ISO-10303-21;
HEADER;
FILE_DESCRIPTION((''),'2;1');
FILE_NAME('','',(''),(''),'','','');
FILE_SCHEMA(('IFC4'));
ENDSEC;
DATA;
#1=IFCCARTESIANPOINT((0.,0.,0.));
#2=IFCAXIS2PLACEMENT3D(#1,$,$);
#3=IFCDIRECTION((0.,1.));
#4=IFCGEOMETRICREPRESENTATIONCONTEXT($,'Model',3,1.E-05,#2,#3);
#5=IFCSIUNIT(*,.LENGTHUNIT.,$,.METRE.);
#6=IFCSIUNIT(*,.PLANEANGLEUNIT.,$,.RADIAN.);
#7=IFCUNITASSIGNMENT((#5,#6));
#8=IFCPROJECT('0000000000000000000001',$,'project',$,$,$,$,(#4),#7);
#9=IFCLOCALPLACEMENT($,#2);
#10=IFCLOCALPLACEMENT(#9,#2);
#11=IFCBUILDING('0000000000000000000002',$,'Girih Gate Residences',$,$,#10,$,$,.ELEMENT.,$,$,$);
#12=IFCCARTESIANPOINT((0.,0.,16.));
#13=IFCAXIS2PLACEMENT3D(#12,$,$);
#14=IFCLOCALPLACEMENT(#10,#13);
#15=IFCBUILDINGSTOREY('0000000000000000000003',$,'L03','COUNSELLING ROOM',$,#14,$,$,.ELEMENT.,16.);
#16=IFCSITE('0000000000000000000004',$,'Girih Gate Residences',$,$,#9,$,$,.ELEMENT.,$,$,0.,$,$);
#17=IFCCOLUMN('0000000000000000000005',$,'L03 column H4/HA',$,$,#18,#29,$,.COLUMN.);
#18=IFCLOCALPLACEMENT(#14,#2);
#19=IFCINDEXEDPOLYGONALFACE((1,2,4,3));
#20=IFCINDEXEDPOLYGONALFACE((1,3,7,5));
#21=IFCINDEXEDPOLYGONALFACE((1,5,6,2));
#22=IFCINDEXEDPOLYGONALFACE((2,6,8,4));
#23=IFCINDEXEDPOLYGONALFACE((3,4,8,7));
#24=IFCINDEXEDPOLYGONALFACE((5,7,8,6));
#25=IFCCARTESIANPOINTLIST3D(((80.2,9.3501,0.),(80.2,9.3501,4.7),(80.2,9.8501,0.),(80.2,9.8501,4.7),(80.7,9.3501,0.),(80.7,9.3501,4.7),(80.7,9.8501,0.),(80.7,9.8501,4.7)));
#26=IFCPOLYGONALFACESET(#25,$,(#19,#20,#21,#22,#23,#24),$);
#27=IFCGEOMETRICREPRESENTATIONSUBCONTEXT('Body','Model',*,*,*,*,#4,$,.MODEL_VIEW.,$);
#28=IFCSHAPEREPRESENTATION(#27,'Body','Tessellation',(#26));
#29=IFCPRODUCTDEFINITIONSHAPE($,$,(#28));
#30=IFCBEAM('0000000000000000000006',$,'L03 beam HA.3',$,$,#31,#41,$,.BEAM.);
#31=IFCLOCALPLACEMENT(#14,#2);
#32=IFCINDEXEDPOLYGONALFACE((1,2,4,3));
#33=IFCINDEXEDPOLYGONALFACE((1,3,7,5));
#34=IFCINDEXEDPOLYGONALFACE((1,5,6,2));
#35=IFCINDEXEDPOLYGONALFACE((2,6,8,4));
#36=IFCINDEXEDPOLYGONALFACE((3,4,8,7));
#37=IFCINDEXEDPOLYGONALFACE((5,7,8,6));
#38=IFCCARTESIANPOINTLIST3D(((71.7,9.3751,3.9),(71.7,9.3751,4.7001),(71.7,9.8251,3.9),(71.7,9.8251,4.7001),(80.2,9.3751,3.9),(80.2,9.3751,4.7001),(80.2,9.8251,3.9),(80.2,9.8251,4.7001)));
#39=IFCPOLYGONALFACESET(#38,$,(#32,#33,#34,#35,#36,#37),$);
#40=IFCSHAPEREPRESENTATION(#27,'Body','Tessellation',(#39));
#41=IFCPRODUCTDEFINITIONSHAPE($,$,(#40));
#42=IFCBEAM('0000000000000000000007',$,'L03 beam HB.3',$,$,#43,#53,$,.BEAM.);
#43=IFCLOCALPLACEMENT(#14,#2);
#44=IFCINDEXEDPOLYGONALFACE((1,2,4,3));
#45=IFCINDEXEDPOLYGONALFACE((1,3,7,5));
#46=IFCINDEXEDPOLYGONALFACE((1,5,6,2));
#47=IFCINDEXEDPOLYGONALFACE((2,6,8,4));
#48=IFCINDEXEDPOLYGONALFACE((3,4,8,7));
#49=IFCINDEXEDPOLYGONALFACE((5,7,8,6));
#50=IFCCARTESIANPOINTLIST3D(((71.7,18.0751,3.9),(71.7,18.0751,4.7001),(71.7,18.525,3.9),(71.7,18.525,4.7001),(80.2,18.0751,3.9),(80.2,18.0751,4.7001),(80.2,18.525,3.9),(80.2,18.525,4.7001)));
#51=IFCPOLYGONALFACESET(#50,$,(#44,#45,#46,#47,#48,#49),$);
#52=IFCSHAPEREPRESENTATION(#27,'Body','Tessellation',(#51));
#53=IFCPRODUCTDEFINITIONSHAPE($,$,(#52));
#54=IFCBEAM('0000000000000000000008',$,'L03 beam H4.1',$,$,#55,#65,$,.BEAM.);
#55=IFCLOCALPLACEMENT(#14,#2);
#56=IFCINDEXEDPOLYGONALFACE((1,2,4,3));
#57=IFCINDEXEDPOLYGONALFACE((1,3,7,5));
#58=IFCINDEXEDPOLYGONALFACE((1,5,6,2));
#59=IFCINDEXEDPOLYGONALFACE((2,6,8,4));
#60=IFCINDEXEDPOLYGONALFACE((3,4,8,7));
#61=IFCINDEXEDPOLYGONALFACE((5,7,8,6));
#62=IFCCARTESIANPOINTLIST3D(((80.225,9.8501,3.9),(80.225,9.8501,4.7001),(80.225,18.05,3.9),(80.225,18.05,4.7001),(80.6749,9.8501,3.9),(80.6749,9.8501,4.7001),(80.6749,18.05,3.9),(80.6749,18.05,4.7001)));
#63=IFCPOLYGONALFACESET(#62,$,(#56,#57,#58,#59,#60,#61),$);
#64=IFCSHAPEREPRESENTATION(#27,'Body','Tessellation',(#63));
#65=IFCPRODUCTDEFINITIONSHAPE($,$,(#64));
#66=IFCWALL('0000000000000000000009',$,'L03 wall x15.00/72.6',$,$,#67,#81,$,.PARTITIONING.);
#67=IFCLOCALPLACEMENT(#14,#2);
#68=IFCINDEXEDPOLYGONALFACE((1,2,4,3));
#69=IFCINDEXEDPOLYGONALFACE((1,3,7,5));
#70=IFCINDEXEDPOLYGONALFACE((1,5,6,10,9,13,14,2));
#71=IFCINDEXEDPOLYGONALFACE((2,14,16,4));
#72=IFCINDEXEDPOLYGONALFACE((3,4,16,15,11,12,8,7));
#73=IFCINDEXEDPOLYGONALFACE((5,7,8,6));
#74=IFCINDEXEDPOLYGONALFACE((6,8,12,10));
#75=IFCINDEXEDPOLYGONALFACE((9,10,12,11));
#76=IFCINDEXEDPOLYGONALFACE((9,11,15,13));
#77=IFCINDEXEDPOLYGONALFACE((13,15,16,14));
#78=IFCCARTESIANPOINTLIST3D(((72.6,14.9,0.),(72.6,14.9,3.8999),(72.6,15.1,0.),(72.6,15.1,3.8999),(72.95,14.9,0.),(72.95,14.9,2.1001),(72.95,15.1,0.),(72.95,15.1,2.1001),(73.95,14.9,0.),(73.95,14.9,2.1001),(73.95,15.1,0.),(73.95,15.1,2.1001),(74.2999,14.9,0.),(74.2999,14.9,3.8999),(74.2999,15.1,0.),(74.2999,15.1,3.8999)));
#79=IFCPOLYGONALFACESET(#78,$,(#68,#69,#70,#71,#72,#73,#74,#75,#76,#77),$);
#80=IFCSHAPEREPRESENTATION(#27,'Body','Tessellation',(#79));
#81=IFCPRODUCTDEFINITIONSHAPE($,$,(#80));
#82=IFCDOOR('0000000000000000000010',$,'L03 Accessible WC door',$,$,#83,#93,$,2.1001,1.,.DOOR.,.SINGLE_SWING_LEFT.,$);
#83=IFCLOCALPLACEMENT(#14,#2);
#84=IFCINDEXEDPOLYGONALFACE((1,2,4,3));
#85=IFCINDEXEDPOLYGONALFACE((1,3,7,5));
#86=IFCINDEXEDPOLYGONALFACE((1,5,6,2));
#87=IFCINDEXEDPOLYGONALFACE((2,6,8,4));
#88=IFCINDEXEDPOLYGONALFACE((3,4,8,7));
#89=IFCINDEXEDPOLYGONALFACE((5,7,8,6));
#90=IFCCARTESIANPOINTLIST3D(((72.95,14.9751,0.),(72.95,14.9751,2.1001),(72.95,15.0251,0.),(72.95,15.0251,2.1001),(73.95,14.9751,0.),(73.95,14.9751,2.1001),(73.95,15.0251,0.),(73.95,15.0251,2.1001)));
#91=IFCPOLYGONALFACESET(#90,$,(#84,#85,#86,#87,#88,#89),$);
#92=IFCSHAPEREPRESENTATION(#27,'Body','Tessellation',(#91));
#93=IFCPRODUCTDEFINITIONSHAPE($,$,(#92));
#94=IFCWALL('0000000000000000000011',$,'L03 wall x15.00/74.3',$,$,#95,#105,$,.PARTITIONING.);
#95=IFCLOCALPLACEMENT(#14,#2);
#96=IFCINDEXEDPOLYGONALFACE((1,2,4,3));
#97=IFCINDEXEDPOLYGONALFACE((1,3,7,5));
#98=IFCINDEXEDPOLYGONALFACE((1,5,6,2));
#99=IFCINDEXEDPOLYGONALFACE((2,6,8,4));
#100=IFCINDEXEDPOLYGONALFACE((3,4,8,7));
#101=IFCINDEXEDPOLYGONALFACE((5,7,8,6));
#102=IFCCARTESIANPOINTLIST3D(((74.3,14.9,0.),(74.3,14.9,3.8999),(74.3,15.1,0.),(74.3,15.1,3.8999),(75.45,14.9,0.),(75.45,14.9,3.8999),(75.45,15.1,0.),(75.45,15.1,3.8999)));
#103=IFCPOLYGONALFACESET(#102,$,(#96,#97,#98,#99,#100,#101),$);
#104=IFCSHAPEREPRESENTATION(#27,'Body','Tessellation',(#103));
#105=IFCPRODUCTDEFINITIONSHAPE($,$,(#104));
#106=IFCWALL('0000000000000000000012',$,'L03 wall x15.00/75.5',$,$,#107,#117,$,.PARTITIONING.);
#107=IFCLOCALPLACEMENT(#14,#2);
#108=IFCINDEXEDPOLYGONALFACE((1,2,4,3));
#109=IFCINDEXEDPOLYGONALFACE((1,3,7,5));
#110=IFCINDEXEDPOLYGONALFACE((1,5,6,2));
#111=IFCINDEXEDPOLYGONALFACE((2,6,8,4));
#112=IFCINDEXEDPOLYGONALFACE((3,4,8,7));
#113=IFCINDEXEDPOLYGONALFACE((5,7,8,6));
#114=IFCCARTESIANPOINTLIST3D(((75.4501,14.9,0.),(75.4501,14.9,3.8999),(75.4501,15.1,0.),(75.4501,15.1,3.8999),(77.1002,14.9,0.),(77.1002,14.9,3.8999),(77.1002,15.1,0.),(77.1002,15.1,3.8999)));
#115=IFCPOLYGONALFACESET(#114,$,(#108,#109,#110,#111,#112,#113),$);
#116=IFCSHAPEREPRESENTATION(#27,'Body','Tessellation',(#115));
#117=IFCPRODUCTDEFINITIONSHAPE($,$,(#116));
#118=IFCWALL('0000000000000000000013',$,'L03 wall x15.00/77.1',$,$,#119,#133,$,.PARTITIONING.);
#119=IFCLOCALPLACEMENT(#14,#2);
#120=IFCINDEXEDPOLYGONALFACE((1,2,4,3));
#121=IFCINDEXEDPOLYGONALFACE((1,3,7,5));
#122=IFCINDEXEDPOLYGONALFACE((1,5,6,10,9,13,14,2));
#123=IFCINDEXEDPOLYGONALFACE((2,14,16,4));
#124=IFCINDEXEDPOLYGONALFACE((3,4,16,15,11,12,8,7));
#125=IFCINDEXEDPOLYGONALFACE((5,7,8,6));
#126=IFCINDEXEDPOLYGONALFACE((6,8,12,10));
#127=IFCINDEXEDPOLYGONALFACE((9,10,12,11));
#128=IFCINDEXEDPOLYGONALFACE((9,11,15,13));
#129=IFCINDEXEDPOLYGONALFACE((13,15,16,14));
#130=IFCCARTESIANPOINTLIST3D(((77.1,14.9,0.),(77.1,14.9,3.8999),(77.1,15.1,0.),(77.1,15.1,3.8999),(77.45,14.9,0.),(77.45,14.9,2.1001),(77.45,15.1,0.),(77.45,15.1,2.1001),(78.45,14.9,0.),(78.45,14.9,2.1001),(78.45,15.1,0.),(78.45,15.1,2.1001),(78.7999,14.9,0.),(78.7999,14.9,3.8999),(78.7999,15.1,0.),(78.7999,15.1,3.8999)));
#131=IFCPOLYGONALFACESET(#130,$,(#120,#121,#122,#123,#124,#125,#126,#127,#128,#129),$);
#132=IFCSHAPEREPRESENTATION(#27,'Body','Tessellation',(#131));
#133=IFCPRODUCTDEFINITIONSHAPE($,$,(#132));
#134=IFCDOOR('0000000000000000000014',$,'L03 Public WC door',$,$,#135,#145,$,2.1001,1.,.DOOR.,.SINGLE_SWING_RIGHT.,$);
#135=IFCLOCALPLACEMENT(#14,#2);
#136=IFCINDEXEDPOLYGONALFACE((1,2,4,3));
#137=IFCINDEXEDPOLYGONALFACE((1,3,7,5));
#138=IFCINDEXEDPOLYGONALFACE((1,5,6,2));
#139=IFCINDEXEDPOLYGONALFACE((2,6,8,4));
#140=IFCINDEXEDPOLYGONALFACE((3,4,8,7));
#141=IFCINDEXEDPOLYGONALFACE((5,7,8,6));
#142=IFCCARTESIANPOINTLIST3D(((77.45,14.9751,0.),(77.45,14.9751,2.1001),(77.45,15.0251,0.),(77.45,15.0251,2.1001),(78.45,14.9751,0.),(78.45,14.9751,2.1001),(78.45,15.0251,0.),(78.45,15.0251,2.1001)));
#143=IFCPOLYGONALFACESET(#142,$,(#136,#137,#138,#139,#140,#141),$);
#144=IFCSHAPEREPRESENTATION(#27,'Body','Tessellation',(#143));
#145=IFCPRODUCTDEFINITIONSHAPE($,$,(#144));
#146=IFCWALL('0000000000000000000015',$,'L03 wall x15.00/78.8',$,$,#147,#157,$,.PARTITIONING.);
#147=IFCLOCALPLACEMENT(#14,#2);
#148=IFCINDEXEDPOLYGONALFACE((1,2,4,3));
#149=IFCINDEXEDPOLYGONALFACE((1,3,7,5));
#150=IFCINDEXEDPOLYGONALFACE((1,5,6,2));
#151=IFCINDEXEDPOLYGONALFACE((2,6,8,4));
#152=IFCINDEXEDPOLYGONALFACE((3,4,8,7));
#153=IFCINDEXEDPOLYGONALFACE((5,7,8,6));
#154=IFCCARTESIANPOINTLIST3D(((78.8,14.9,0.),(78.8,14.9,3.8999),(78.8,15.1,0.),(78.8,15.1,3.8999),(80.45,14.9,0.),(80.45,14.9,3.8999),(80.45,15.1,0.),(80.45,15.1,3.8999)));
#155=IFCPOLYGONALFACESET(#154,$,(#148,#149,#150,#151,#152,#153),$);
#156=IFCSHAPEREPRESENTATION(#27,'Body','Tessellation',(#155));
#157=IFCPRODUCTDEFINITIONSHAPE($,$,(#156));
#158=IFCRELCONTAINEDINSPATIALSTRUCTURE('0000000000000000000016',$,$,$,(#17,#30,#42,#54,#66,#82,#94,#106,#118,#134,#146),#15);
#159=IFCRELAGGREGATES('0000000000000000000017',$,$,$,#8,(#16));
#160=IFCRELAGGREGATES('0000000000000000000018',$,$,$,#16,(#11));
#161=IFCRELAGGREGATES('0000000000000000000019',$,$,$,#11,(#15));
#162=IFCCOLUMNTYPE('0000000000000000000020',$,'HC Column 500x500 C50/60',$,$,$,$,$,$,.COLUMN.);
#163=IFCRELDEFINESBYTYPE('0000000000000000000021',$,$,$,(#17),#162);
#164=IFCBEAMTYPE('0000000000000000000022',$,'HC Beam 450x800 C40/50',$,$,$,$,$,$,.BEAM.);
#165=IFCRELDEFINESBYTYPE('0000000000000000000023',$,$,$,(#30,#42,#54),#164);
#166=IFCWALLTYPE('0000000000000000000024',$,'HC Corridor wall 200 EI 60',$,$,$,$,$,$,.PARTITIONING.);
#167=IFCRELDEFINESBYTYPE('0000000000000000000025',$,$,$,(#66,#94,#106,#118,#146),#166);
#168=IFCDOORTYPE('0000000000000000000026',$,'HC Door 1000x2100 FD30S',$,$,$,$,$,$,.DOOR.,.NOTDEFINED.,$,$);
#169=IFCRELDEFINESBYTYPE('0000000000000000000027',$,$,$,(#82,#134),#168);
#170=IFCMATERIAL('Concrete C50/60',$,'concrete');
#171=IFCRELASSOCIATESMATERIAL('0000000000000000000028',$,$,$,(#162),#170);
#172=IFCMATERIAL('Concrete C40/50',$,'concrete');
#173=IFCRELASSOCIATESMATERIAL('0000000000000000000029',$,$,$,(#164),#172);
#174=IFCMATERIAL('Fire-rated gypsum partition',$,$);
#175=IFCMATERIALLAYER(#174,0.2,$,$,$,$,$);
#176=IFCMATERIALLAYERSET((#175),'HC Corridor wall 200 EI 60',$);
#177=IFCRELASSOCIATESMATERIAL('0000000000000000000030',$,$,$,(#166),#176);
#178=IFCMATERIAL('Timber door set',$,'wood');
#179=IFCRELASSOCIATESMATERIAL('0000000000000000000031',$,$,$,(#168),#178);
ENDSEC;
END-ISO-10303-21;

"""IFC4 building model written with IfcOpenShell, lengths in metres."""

from ifc_helpers import new_model, si_unit, direction, frame, frame_2d, origin, origin_2d, place, context, subcontext, project, spatial, rectangle, extrude, material, layer, layer_set, material_profile, profile_set, type_object, element, fill, save


model = new_model("IFC4")

# Units and contexts
model_context = context("Model", 3, precision=1e-05, world=origin(), true_north=direction((0.0, 1.0)))
body_context = subcontext(model_context, "Body", "Model", "MODEL_VIEW")
ifc_project = project(units=[si_unit("LENGTHUNIT", "METRE"), si_unit("PLANEANGLEUNIT", "RADIAN")], contexts=[model_context])

# Site, building, storey
site_placement = place(None, origin())
site = spatial("IfcSite", under=ifc_project, at=site_placement, Name="Girih Gate Residences", CompositionType="ELEMENT", RefElevation=0.0)
building_placement = place(site_placement, origin())
building = spatial("IfcBuilding", under=site, at=building_placement, Name="Girih Gate Residences", CompositionType="ELEMENT")
storey_placement = place(building_placement, frame((0.0, 0.0, 16.0)))
storey = spatial("IfcBuildingStorey", under=building, at=storey_placement, Name="L03", Description="COUNSELLING ROOM", CompositionType="ELEMENT", Elevation=16.0)

# Column
ifc_material_1 = material(Name="Concrete C50/60", Category="concrete")
ifc_material_profile_1 = material_profile(ifc_material_1, rectangle(XDim=0.5, YDim=0.5, at=origin_2d()))
ifc_profile_set_1 = profile_set([ifc_material_profile_1], Name="Concrete C50/60")
column_type = type_object("IfcColumnType", Name="HC Column 500x500 C50/60", PredefinedType="COLUMN", material=ifc_profile_set_1)
column_placement = place(storey_placement, frame((80.45, 9.6001, 0.0), z_axis=(0.0, 0.0, 1.0), x_axis=(1.0, 0.0, 0.0)))
element("IfcColumn", 1, at=column_placement, inside=storey, type_object=column_type, Name="L03 column H4/HA", PredefinedType="COLUMN", context=body_context, shape_type="SweptSolid", body=[
    extrude(rectangle(XDim=0.5, YDim=0.5, at=origin_2d()), origin(), (0.0, 0.0, 1.0), 4.7),
])

# Beams
ifc_material_2 = material(Name="Concrete C40/50", Category="concrete")
ifc_material_profile_2 = material_profile(ifc_material_2, rectangle(XDim=0.45, YDim=0.8, at=origin_2d()))
ifc_profile_set_2 = profile_set([ifc_material_profile_2], Name="Concrete C40/50")
beam_type = type_object("IfcBeamType", Name="HC Beam 450x800 C40/50", PredefinedType="BEAM", material=ifc_profile_set_2)
for number, where, z_axis, x_axis, name in (
    (2, (71.7, 9.6001, 4.3), (1.0, 0.0, 0.0), (0.0, 1.0, 0.0), "L03 beam HA.3"),
    (3, (71.7, 18.3, 4.3), (1.0, 0.0, 0.0), (0.0, 1.0, 0.0), "L03 beam HB.3"),
):
    element("IfcBeam", number, at=place(storey_placement, frame(where, z_axis=z_axis, x_axis=x_axis)), inside=storey, type_object=beam_type, Name=name, PredefinedType="BEAM", context=body_context, shape_type="SweptSolid", body=[
        extrude(rectangle(XDim=0.45, YDim=0.8, at=origin_2d()), origin(), (0.0, 0.0, 1.0), 8.5),
    ])
beam_placement = place(storey_placement, frame((80.45, 9.8501, 4.3), z_axis=(0.0, 1.0, 0.0), x_axis=(-1.0, 0.0, 0.0)))
element("IfcBeam", 4, at=beam_placement, inside=storey, type_object=beam_type, Name="L03 beam H4.1", PredefinedType="BEAM", context=body_context, shape_type="SweptSolid", body=[
    extrude(rectangle(XDim=0.45, YDim=0.8, at=origin_2d()), origin(), (0.0, 0.0, 1.0), 8.2),
])

# Wall, opening, door
ifc_material_3 = material(Name="Fire-rated gypsum partition")
ifc_layer_1 = layer(ifc_material_3, 0.2)
ifc_layer_set_1 = layer_set([ifc_layer_1], Name="HC Corridor wall 200 EI 60")
wall_type_1 = type_object("IfcWallType", Name="HC Corridor wall 200 EI 60", PredefinedType="PARTITIONING", material=ifc_layer_set_1)
wall_1_placement = place(storey_placement, frame((74.3, 15.0, 0.0), z_axis=(0.0, 0.0, 1.0), x_axis=(-1.0, 0.0, 0.0)))
wall_1 = element("IfcWall", 5, at=wall_1_placement, inside=storey, type_object=wall_type_1, Name="L03 wall x15.00/72.6", PredefinedType="PARTITIONING", context=body_context, shape_type="SweptSolid", body=[
    extrude(rectangle(XDim=1.7, YDim=0.2, at=frame_2d((0.8501, 0.0))), origin(), (0.0, 0.0, 1.0), 3.8999),
])
opening_1_placement = place(wall_1_placement, frame((0.3501, 0.0, 0.0)))
opening_1 = element("IfcOpeningElement", 6, at=opening_1_placement, cuts=wall_1, PredefinedType="OPENING", context=body_context, shape_type="SweptSolid", body=[
    extrude(rectangle(XDim=1.0, YDim=2.1001, at=frame_2d((0.5, 1.05))), frame((0.0, 0.1099, 0.0), z_axis=(0.0, -1.0, 0.0), x_axis=(1.0, 0.0, 0.0)), (0.0, 0.0, 1.0), 0.22),
])
ifc_material_4 = material(Name="Timber door set", Category="wood")
door_type = type_object("IfcDoorType", Name="HC Door 1000x2100 FD30S", OperationType="NOTDEFINED", PredefinedType="DOOR", material=ifc_material_4)
door_1_placement = place(opening_1_placement, origin())
door_1 = element("IfcDoor", 7, at=door_1_placement, inside=storey, type_object=door_type, Name="L03 Accessible WC door", OperationType="SINGLE_SWING_LEFT", OverallHeight=2.1001, OverallWidth=1.0, PredefinedType="DOOR", context=body_context, shape_type="SweptSolid", body=[
    extrude(rectangle(XDim=1.0, YDim=2.1001, at=frame_2d((0.5, 1.05))), frame((0.0, 0.0249, 0.0), z_axis=(0.0, -1.0, 0.0), x_axis=(1.0, 0.0, 0.0)), (0.0, 0.0, 1.0), 0.05),
])
fill(opening_1, door_1)

# Walls
wall_2_placement = place(storey_placement, frame((74.3, 15.0, 0.0), z_axis=(0.0, 0.0, 1.0), x_axis=(1.0, 0.0, 0.0)))
element("IfcWall", 8, at=wall_2_placement, inside=storey, type_object=wall_type_1, Name="L03 wall x15.00/74.3", PredefinedType="PARTITIONING", context=body_context, shape_type="SweptSolid", body=[
    extrude(rectangle(XDim=1.1499, YDim=0.2, at=frame_2d((0.575, 0.0))), origin(), (0.0, 0.0, 1.0), 3.8999),
])
wall_3_placement = place(storey_placement, frame((75.45, 15.0, 0.0), z_axis=(0.0, 0.0, 1.0), x_axis=(1.0, 0.0, 0.0)))
element("IfcWall", 9, at=wall_3_placement, inside=storey, type_object=wall_type_1, Name="L03 wall x15.00/75.5", PredefinedType="PARTITIONING", context=body_context, shape_type="SweptSolid", body=[
    extrude(rectangle(XDim=1.6501, YDim=0.2, at=frame_2d((0.8252, 0.0))), origin(), (0.0, 0.0, 1.0), 3.8999),
])

# Wall, opening, door
wall_4_placement = place(storey_placement, frame((78.8, 15.0, 0.0), z_axis=(0.0, 0.0, 1.0), x_axis=(-1.0, 0.0, 0.0)))
wall_4 = element("IfcWall", 10, at=wall_4_placement, inside=storey, type_object=wall_type_1, Name="L03 wall x15.00/77.1", PredefinedType="PARTITIONING", context=body_context, shape_type="SweptSolid", body=[
    extrude(rectangle(XDim=1.7, YDim=0.2, at=frame_2d((0.8501, 0.0))), origin(), (0.0, 0.0, 1.0), 3.8999),
])
opening_2_placement = place(wall_4_placement, frame((0.3501, 0.0, 0.0)))
opening_2 = element("IfcOpeningElement", 11, at=opening_2_placement, cuts=wall_4, PredefinedType="OPENING", context=body_context, shape_type="SweptSolid", body=[
    extrude(rectangle(XDim=1.0, YDim=2.1001, at=frame_2d((0.5, 1.05))), frame((0.0, 0.1099, 0.0), z_axis=(0.0, -1.0, 0.0), x_axis=(1.0, 0.0, 0.0)), (0.0, 0.0, 1.0), 0.22),
])
door_2_placement = place(opening_2_placement, origin())
door_2 = element("IfcDoor", 12, at=door_2_placement, inside=storey, type_object=door_type, Name="L03 Public WC door", OperationType="SINGLE_SWING_RIGHT", OverallHeight=2.1001, OverallWidth=1.0, PredefinedType="DOOR", context=body_context, shape_type="SweptSolid", body=[
    extrude(rectangle(XDim=1.0, YDim=2.1001, at=frame_2d((0.5, 1.05))), frame((0.0, 0.0249, 0.0), z_axis=(0.0, -1.0, 0.0), x_axis=(1.0, 0.0, 0.0)), (0.0, 0.0, 1.0), 0.05),
])
fill(opening_2, door_2)

# Wall
wall_5_placement = place(storey_placement, frame((78.8, 15.0, 0.0), z_axis=(0.0, 0.0, 1.0), x_axis=(1.0, 0.0, 0.0)))
element("IfcWall", 13, at=wall_5_placement, inside=storey, type_object=wall_type_1, Name="L03 wall x15.00/78.8", PredefinedType="PARTITIONING", context=body_context, shape_type="SweptSolid", body=[
    extrude(rectangle(XDim=1.6499, YDim=0.2, at=frame_2d((0.825, 0.0))), origin(), (0.0, 0.0, 1.0), 3.8999),
])

save(model, "model.ifc")
